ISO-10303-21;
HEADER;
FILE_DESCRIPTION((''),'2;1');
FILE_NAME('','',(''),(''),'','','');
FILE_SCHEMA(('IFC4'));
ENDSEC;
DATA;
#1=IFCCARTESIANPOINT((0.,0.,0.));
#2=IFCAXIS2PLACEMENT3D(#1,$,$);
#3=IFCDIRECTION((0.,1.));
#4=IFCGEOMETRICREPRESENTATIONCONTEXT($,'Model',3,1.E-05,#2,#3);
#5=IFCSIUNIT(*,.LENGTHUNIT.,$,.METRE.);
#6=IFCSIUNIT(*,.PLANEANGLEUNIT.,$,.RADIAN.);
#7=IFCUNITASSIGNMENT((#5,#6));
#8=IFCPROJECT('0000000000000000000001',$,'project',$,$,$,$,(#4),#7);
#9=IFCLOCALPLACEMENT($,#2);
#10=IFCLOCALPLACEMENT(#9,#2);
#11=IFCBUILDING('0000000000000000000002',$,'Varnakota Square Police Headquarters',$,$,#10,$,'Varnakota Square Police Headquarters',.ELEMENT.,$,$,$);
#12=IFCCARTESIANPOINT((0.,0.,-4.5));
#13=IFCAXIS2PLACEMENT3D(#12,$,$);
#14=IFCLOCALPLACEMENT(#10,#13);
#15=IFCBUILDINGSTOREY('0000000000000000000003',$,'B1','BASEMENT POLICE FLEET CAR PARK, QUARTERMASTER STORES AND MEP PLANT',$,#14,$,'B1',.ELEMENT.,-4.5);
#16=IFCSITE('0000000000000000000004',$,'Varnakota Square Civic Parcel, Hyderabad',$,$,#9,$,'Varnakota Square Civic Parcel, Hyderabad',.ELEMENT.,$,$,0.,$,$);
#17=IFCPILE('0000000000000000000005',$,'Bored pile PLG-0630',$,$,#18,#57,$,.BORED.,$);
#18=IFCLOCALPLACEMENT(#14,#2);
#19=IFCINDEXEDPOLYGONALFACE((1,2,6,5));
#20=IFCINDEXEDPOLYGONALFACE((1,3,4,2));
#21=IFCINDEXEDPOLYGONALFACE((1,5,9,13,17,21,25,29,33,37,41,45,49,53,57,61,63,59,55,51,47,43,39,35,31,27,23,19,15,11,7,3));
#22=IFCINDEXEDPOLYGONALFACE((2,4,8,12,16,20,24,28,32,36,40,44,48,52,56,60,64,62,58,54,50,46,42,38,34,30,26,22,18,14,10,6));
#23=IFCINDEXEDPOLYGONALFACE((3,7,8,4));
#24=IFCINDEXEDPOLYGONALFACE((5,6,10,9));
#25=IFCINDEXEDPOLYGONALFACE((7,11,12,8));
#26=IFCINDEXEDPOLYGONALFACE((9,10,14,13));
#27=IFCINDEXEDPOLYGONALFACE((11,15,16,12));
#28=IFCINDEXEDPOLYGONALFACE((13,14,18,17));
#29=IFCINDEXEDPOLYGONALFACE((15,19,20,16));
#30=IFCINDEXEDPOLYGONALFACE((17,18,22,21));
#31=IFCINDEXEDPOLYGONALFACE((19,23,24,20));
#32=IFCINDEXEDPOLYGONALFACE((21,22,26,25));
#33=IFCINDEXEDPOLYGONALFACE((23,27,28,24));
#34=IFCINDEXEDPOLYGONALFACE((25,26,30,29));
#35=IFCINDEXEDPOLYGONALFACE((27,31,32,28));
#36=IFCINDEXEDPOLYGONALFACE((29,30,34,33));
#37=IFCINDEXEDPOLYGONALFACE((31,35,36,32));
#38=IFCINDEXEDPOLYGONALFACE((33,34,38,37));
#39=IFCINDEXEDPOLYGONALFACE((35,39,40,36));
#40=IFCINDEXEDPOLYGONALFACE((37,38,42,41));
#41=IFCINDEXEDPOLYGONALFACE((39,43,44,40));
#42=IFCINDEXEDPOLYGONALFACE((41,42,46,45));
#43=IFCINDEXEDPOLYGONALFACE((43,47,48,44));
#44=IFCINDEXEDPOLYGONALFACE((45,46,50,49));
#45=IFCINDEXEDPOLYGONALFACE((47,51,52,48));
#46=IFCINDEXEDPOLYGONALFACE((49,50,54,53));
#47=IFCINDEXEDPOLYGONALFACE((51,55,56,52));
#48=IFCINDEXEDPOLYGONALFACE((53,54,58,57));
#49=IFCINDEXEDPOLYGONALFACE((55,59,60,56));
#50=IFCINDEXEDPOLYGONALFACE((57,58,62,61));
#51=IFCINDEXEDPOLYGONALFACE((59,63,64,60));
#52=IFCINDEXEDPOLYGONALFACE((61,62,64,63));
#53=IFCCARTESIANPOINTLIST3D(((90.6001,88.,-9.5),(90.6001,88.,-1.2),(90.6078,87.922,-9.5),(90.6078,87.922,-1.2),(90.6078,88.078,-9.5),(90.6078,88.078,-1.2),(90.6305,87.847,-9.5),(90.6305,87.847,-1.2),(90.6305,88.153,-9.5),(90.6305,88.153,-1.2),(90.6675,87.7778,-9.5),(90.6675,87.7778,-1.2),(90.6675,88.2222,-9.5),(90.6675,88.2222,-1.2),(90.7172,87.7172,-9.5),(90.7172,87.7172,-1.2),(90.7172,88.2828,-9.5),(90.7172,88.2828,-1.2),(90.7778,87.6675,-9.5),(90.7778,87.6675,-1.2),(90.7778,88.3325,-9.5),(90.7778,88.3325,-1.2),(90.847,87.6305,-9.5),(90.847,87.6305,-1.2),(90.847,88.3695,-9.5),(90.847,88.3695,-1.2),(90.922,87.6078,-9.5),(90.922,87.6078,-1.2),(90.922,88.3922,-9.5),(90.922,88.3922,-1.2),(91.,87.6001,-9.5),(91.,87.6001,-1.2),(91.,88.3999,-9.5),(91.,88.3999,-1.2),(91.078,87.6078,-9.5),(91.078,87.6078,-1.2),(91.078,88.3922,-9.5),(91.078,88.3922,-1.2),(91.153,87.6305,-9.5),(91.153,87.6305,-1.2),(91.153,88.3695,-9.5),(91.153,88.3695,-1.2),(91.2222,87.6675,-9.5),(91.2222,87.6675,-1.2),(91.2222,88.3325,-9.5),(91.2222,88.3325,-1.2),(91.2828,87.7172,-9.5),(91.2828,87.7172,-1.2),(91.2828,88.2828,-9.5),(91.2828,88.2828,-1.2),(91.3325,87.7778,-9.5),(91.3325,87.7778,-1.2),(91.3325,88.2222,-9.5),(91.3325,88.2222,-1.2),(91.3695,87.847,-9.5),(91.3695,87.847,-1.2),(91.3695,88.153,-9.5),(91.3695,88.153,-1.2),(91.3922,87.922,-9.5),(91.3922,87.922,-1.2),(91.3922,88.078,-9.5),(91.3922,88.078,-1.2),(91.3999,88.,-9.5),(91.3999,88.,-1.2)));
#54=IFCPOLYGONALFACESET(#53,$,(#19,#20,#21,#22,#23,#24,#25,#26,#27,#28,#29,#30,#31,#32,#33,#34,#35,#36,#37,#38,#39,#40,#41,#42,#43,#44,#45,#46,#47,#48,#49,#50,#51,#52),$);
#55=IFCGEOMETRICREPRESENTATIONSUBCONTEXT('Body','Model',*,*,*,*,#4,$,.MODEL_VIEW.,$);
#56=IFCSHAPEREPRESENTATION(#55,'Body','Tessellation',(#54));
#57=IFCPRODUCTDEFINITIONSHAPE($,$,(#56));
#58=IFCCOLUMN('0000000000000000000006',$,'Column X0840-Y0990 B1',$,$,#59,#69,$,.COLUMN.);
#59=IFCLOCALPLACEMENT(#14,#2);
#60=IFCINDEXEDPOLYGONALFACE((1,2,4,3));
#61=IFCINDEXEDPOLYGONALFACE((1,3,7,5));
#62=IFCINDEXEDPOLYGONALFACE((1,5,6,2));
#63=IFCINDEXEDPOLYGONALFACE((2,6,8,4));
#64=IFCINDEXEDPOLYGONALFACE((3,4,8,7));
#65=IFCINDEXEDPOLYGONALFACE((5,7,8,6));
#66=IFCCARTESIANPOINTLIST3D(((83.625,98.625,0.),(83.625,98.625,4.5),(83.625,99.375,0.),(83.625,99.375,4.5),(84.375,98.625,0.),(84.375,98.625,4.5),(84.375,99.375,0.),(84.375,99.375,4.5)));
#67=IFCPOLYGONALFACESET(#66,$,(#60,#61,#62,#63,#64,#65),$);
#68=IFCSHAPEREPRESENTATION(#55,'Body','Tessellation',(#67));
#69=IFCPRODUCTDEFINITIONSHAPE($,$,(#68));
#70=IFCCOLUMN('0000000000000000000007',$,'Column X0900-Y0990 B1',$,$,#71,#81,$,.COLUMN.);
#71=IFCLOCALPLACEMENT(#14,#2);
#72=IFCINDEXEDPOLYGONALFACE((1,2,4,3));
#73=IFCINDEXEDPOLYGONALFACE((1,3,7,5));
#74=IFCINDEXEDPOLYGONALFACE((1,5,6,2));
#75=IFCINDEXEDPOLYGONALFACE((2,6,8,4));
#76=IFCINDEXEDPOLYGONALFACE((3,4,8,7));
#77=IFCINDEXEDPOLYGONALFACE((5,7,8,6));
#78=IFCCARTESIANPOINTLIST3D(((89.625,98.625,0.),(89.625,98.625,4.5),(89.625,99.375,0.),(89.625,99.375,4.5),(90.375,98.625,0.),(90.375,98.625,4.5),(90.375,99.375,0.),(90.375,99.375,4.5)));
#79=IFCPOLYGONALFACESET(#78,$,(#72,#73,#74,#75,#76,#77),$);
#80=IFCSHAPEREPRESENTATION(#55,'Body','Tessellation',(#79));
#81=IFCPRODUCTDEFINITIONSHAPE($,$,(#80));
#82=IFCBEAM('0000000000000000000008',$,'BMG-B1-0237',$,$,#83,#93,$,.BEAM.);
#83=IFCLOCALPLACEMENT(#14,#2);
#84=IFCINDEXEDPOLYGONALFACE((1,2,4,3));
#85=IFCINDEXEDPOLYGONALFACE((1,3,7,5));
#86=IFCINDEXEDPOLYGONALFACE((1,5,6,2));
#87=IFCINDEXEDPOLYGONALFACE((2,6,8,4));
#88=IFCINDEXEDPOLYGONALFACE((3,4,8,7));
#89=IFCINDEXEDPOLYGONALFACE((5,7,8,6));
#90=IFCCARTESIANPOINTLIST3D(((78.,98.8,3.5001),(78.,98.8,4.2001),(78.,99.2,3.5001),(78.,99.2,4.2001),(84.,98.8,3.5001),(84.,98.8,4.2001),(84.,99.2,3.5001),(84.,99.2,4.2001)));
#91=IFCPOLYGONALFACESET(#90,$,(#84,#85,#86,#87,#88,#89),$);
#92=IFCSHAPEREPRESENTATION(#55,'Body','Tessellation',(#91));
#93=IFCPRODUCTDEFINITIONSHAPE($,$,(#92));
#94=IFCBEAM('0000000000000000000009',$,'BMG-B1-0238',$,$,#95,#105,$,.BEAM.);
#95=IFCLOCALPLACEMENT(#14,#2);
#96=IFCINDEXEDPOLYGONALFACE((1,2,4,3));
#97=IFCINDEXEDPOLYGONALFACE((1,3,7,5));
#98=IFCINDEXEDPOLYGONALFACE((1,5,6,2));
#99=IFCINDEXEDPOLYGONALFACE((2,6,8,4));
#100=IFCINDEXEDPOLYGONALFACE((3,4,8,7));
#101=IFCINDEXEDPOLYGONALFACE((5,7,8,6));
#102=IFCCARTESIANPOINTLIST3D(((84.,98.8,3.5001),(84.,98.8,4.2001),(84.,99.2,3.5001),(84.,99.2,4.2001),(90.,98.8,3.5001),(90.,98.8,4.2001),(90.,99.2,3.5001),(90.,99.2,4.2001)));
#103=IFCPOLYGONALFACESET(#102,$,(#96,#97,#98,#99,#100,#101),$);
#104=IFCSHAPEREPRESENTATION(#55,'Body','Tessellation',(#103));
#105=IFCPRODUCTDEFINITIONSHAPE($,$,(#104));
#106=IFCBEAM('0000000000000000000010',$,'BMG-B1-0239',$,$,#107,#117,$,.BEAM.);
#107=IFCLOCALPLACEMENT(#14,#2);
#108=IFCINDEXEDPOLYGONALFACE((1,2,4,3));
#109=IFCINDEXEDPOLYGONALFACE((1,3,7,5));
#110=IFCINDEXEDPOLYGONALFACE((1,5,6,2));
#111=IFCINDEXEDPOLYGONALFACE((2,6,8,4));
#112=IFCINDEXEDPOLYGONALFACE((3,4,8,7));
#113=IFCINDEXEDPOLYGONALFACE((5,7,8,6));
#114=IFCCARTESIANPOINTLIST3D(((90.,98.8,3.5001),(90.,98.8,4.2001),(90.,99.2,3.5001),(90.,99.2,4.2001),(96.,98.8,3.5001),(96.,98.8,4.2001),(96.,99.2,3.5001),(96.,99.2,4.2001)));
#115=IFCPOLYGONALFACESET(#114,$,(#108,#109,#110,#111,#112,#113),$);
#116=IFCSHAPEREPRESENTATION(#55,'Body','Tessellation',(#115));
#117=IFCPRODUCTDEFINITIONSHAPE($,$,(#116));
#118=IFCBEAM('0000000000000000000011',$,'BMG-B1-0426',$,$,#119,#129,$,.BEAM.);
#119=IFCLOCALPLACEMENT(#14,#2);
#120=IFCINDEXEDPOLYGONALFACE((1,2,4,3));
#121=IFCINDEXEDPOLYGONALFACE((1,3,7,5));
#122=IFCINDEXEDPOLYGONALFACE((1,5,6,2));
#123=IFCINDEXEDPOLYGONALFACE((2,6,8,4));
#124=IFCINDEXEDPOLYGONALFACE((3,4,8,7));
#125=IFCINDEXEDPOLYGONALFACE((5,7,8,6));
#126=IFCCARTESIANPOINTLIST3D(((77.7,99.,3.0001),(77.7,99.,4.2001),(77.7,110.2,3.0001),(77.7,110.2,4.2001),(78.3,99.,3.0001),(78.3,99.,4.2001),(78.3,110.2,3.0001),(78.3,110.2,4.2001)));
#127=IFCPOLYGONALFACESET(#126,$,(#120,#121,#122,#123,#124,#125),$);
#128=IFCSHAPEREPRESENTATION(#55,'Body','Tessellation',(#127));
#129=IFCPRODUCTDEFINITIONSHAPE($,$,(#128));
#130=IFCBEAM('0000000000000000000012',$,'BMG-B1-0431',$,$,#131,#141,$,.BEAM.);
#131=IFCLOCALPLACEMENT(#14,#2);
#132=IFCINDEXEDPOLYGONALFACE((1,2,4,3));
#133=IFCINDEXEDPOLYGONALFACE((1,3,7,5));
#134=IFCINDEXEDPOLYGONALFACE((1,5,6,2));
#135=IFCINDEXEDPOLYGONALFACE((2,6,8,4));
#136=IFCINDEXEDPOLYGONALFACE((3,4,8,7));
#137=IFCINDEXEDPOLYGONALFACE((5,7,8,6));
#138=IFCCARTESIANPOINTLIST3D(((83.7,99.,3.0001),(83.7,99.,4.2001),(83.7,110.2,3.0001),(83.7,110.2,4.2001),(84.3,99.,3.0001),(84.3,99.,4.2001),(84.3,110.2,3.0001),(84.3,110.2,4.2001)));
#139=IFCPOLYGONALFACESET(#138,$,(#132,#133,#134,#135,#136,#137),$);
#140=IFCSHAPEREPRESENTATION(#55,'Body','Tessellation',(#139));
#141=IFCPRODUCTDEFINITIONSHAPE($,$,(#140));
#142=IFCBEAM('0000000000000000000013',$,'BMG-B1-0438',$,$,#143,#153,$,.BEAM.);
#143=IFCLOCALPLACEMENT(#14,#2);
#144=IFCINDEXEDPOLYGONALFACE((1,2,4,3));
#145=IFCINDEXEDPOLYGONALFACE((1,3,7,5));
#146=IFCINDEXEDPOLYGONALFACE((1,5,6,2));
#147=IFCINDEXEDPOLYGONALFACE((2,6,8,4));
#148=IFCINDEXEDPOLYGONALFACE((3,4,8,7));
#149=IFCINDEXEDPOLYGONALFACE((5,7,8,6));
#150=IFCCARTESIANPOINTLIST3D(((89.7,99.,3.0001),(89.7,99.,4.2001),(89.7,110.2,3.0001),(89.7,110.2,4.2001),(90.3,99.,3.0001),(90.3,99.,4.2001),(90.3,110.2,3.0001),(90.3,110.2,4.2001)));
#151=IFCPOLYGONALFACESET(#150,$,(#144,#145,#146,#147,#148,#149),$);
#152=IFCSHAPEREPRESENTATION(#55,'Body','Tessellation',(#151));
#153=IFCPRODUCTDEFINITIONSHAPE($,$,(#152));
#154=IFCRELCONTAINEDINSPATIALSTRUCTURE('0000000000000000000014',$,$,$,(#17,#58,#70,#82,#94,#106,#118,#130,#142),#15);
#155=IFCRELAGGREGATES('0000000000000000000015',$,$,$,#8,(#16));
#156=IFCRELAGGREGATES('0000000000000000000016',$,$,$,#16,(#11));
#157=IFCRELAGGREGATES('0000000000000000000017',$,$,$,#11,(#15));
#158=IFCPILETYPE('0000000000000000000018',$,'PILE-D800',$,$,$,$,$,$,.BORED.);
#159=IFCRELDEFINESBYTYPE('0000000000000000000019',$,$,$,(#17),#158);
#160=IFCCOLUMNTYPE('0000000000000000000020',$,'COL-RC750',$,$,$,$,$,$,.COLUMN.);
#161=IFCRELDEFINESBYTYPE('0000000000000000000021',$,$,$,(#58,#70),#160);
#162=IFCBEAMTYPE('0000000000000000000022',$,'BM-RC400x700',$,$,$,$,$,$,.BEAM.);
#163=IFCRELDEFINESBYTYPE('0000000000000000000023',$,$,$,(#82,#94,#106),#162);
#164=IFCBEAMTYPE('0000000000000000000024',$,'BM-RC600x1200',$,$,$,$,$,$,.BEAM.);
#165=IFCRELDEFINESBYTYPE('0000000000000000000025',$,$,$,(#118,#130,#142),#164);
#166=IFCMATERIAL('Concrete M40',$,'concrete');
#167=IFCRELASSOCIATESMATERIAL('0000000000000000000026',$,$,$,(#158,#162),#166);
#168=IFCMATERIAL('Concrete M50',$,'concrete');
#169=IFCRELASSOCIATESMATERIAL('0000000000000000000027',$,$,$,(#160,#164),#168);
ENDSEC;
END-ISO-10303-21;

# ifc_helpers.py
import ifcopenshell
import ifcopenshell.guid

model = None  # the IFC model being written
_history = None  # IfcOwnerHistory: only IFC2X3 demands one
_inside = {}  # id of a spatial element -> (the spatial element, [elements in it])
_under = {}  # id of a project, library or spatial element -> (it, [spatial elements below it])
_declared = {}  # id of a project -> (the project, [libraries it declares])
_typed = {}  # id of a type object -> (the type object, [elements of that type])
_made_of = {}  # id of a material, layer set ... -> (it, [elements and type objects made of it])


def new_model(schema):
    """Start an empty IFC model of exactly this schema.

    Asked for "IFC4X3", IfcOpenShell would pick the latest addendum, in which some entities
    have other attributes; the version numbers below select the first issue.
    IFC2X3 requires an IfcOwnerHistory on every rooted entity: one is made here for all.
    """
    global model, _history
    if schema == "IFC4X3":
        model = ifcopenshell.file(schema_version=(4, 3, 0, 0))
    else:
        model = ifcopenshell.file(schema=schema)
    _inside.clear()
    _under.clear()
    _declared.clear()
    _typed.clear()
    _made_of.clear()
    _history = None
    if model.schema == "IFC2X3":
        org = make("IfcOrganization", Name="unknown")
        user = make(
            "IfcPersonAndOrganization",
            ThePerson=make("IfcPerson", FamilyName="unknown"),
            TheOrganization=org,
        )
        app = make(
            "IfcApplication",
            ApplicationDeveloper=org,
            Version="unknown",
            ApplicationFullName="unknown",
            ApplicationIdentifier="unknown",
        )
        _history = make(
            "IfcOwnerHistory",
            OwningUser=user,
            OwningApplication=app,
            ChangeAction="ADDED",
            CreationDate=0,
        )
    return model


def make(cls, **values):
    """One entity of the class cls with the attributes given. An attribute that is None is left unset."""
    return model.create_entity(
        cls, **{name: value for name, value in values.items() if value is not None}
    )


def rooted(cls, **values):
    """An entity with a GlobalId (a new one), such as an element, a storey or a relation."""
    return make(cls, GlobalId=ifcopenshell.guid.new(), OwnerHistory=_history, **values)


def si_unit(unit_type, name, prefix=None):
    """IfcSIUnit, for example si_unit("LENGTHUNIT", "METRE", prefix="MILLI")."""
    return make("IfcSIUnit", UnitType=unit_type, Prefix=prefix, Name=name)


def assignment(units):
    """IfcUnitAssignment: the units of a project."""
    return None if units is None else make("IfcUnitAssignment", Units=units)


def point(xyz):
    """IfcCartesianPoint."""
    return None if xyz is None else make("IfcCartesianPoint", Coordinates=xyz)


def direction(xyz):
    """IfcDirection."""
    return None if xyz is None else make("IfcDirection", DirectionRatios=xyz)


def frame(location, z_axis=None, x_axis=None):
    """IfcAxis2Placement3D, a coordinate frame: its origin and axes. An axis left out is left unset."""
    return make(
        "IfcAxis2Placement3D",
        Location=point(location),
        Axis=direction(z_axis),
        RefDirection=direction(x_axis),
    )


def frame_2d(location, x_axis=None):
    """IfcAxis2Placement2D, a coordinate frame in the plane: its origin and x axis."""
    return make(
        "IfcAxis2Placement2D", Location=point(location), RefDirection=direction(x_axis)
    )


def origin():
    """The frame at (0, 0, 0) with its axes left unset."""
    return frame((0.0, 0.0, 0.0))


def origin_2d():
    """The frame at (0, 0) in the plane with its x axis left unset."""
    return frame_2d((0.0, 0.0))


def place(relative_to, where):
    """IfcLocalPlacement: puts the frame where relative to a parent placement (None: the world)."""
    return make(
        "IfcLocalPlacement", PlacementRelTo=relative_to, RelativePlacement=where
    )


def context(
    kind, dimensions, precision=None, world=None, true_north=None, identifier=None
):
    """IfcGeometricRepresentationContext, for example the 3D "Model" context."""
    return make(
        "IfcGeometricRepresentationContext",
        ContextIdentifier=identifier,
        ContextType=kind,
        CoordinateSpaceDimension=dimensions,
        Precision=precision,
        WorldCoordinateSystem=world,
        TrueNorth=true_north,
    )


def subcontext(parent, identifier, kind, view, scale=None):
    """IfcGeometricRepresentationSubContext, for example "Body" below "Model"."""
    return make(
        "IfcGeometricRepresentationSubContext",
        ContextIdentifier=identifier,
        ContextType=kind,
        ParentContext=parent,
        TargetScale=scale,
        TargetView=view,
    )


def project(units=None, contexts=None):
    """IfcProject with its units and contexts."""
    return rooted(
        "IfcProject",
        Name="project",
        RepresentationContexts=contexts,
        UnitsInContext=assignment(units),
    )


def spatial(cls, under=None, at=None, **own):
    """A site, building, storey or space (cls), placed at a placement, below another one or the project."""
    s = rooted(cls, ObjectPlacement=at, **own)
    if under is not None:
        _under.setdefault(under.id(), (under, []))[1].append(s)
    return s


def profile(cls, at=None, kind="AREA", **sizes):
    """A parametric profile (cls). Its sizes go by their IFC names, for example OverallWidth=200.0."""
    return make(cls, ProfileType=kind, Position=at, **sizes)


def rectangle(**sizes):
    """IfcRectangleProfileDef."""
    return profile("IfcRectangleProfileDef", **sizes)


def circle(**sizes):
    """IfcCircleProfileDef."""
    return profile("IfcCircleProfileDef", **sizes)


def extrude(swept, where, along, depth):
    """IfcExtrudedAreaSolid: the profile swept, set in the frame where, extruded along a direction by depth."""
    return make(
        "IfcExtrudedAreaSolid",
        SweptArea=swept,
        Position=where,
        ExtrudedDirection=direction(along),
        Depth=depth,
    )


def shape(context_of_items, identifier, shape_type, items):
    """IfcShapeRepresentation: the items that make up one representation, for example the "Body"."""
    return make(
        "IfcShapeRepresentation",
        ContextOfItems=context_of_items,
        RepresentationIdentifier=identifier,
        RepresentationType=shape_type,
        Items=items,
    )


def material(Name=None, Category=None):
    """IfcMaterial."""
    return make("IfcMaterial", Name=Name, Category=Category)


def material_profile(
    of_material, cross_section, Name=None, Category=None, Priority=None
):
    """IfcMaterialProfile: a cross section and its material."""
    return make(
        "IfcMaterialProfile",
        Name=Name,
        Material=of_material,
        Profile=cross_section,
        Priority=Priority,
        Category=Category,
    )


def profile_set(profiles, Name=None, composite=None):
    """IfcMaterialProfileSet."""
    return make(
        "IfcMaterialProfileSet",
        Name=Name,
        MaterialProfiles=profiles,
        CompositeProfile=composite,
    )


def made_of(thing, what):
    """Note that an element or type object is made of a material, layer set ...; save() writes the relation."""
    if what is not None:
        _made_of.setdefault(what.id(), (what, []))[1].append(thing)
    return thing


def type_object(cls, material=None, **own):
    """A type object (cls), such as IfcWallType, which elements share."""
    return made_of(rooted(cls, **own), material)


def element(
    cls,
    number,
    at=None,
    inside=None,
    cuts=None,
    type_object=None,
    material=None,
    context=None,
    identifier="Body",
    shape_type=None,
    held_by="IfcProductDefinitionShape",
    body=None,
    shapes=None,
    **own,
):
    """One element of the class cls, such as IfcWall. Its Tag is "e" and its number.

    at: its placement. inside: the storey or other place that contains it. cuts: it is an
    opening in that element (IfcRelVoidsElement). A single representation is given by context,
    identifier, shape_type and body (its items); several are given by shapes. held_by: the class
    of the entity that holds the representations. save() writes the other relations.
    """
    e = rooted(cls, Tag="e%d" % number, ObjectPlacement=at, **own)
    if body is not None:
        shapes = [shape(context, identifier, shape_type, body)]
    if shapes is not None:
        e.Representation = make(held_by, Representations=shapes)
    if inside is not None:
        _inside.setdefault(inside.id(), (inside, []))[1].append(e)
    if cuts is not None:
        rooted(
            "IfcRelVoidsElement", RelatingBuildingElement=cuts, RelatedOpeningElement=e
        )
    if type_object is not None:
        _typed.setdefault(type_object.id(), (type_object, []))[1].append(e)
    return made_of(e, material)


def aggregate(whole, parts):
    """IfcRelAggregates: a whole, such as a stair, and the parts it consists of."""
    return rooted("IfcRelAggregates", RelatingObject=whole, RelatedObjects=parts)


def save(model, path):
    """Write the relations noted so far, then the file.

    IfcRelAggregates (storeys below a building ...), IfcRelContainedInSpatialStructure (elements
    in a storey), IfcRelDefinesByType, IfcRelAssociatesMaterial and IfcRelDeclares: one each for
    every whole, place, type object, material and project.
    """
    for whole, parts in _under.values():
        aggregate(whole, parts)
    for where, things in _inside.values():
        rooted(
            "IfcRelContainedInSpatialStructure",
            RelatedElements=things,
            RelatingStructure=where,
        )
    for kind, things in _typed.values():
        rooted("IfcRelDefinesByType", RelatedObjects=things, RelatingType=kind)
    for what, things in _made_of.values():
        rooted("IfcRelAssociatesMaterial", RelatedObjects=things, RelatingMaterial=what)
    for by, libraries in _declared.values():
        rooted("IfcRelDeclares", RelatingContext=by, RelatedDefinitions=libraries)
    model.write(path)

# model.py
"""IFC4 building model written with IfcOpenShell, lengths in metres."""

from ifc_helpers import new_model, si_unit, direction, frame, origin, origin_2d, place, context, subcontext, project, spatial, rectangle, circle, extrude, material, material_profile, profile_set, type_object, element, save


model = new_model("IFC4")

# Units and contexts
model_context = context("Model", 3, precision=1e-05, world=origin(), true_north=direction((0.0, 1.0)))
body_context = subcontext(model_context, "Body", "Model", "MODEL_VIEW")
ifc_project = project(units=[si_unit("LENGTHUNIT", "METRE"), si_unit("PLANEANGLEUNIT", "RADIAN")], contexts=[model_context])

# Site, building, storey
site_placement = place(None, origin())
site = spatial("IfcSite", under=ifc_project, at=site_placement, Name="Varnakota Square Civic Parcel, Hyderabad", LongName="Varnakota Square Civic Parcel, Hyderabad", CompositionType="ELEMENT", RefElevation=0.0)
building_placement = place(site_placement, origin())
building = spatial("IfcBuilding", under=site, at=building_placement, Name="Varnakota Square Police Headquarters", LongName="Varnakota Square Police Headquarters", CompositionType="ELEMENT")
storey_placement = place(building_placement, frame((0.0, 0.0, -4.5)))
storey = spatial("IfcBuildingStorey", under=building, at=storey_placement, Name="B1", Description="BASEMENT POLICE FLEET CAR PARK, QUARTERMASTER STORES AND MEP PLANT", LongName="B1", CompositionType="ELEMENT", Elevation=-4.5)

# Shared definitions
ifc_material_1 = material(Name="Concrete M40", Category="concrete")
ifc_material_2 = material(Name="Concrete M50", Category="concrete")

# Pile
ifc_material_profile_1 = material_profile(ifc_material_1, circle(Radius=0.3999, at=origin_2d()), Name="BORED PILE 800")
ifc_profile_set_1 = profile_set([ifc_material_profile_1], Name="Concrete M40")
pile_type_1 = type_object("IfcPileType", Name="PILE-D800", PredefinedType="BORED", material=ifc_profile_set_1)
pile_placement = place(storey_placement, frame((91.0, 88.0, -1.2), z_axis=(0.0, 0.0, -1.0), x_axis=(1.0, 0.0, 0.0)))
element("IfcPile", 1, at=pile_placement, inside=storey, type_object=pile_type_1, Name="Bored pile PLG-0630", PredefinedType="BORED", context=body_context, shape_type="SweptSolid", body=[
    extrude(circle(Radius=0.3999, at=origin_2d()), origin(), (0.0, 0.0, 1.0), 8.3),
])

# Columns
ifc_material_profile_2 = material_profile(ifc_material_2, rectangle(XDim=0.75, YDim=0.75, at=origin_2d()), Name="RC 750x750")
ifc_profile_set_2 = profile_set([ifc_material_profile_2], Name="Concrete M50")
column_type = type_object("IfcColumnType", Name="COL-RC750", PredefinedType="COLUMN", material=ifc_profile_set_2)
for number, where, z_axis, x_axis, name in (
    (2, (84.0, 99.0, 0.0), (0.0, 0.0, 1.0), (1.0, 0.0, 0.0), "Column X0840-Y0990 B1"),
    (3, (90.0, 99.0, 0.0), (0.0, 0.0, 1.0), (1.0, 0.0, 0.0), "Column X0900-Y0990 B1"),
):
    element("IfcColumn", number, at=place(storey_placement, frame(where, z_axis=z_axis, x_axis=x_axis)), inside=storey, type_object=column_type, Name=name, PredefinedType="COLUMN", context=body_context, shape_type="SweptSolid", body=[
        extrude(rectangle(XDim=0.75, YDim=0.75, at=origin_2d()), origin(), (0.0, 0.0, 1.0), 4.5),
    ])

# Beams
ifc_material_profile_3 = material_profile(ifc_material_1, rectangle(XDim=0.3999, YDim=0.7, at=origin_2d()), Name="RC 400x700")
ifc_profile_set_3 = profile_set([ifc_material_profile_3], Name="Concrete M40")
beam_type_1 = type_object("IfcBeamType", Name="BM-RC400x700", PredefinedType="BEAM", material=ifc_profile_set_3)
for number, where, z_axis, x_axis, name in (
    (4, (78.0, 99.0, 3.8501), (1.0, 0.0, 0.0), (0.0, 1.0, 0.0), "BMG-B1-0237"),
    (5, (84.0, 99.0, 3.8501), (1.0, 0.0, 0.0), (0.0, 1.0, 0.0), "BMG-B1-0238"),
    (6, (90.0, 99.0, 3.8501), (1.0, 0.0, 0.0), (0.0, 1.0, 0.0), "BMG-B1-0239"),
):
    element("IfcBeam", number, at=place(storey_placement, frame(where, z_axis=z_axis, x_axis=x_axis)), inside=storey, type_object=beam_type_1, Name=name, PredefinedType="BEAM", context=body_context, shape_type="SweptSolid", body=[
        extrude(rectangle(XDim=0.3999, YDim=0.7, at=origin_2d()), origin(), (0.0, 0.0, 1.0), 6.0),
    ])
ifc_material_profile_4 = material_profile(ifc_material_2, rectangle(XDim=0.6001, YDim=1.2, at=origin_2d()), Name="RC 600x1200")
ifc_profile_set_4 = profile_set([ifc_material_profile_4], Name="Concrete M50")
beam_type_2 = type_object("IfcBeamType", Name="BM-RC600x1200", PredefinedType="BEAM", material=ifc_profile_set_4)
for number, where, z_axis, x_axis, name in (
    (7, (78.0, 99.0, 3.6001), (0.0, 1.0, 0.0), (-1.0, 0.0, 0.0), "BMG-B1-0426"),
    (8, (84.0, 99.0, 3.6001), (0.0, 1.0, 0.0), (-1.0, 0.0, 0.0), "BMG-B1-0431"),
    (9, (90.0, 99.0, 3.6001), (0.0, 1.0, 0.0), (-1.0, 0.0, 0.0), "BMG-B1-0438"),
):
    element("IfcBeam", number, at=place(storey_placement, frame(where, z_axis=z_axis, x_axis=x_axis)), inside=storey, type_object=beam_type_2, Name=name, PredefinedType="BEAM", context=body_context, shape_type="SweptSolid", body=[
        extrude(rectangle(XDim=0.6001, YDim=1.2, at=origin_2d()), origin(), (0.0, 0.0, 1.0), 11.2),
    ])

save(model, "model.ifc")
